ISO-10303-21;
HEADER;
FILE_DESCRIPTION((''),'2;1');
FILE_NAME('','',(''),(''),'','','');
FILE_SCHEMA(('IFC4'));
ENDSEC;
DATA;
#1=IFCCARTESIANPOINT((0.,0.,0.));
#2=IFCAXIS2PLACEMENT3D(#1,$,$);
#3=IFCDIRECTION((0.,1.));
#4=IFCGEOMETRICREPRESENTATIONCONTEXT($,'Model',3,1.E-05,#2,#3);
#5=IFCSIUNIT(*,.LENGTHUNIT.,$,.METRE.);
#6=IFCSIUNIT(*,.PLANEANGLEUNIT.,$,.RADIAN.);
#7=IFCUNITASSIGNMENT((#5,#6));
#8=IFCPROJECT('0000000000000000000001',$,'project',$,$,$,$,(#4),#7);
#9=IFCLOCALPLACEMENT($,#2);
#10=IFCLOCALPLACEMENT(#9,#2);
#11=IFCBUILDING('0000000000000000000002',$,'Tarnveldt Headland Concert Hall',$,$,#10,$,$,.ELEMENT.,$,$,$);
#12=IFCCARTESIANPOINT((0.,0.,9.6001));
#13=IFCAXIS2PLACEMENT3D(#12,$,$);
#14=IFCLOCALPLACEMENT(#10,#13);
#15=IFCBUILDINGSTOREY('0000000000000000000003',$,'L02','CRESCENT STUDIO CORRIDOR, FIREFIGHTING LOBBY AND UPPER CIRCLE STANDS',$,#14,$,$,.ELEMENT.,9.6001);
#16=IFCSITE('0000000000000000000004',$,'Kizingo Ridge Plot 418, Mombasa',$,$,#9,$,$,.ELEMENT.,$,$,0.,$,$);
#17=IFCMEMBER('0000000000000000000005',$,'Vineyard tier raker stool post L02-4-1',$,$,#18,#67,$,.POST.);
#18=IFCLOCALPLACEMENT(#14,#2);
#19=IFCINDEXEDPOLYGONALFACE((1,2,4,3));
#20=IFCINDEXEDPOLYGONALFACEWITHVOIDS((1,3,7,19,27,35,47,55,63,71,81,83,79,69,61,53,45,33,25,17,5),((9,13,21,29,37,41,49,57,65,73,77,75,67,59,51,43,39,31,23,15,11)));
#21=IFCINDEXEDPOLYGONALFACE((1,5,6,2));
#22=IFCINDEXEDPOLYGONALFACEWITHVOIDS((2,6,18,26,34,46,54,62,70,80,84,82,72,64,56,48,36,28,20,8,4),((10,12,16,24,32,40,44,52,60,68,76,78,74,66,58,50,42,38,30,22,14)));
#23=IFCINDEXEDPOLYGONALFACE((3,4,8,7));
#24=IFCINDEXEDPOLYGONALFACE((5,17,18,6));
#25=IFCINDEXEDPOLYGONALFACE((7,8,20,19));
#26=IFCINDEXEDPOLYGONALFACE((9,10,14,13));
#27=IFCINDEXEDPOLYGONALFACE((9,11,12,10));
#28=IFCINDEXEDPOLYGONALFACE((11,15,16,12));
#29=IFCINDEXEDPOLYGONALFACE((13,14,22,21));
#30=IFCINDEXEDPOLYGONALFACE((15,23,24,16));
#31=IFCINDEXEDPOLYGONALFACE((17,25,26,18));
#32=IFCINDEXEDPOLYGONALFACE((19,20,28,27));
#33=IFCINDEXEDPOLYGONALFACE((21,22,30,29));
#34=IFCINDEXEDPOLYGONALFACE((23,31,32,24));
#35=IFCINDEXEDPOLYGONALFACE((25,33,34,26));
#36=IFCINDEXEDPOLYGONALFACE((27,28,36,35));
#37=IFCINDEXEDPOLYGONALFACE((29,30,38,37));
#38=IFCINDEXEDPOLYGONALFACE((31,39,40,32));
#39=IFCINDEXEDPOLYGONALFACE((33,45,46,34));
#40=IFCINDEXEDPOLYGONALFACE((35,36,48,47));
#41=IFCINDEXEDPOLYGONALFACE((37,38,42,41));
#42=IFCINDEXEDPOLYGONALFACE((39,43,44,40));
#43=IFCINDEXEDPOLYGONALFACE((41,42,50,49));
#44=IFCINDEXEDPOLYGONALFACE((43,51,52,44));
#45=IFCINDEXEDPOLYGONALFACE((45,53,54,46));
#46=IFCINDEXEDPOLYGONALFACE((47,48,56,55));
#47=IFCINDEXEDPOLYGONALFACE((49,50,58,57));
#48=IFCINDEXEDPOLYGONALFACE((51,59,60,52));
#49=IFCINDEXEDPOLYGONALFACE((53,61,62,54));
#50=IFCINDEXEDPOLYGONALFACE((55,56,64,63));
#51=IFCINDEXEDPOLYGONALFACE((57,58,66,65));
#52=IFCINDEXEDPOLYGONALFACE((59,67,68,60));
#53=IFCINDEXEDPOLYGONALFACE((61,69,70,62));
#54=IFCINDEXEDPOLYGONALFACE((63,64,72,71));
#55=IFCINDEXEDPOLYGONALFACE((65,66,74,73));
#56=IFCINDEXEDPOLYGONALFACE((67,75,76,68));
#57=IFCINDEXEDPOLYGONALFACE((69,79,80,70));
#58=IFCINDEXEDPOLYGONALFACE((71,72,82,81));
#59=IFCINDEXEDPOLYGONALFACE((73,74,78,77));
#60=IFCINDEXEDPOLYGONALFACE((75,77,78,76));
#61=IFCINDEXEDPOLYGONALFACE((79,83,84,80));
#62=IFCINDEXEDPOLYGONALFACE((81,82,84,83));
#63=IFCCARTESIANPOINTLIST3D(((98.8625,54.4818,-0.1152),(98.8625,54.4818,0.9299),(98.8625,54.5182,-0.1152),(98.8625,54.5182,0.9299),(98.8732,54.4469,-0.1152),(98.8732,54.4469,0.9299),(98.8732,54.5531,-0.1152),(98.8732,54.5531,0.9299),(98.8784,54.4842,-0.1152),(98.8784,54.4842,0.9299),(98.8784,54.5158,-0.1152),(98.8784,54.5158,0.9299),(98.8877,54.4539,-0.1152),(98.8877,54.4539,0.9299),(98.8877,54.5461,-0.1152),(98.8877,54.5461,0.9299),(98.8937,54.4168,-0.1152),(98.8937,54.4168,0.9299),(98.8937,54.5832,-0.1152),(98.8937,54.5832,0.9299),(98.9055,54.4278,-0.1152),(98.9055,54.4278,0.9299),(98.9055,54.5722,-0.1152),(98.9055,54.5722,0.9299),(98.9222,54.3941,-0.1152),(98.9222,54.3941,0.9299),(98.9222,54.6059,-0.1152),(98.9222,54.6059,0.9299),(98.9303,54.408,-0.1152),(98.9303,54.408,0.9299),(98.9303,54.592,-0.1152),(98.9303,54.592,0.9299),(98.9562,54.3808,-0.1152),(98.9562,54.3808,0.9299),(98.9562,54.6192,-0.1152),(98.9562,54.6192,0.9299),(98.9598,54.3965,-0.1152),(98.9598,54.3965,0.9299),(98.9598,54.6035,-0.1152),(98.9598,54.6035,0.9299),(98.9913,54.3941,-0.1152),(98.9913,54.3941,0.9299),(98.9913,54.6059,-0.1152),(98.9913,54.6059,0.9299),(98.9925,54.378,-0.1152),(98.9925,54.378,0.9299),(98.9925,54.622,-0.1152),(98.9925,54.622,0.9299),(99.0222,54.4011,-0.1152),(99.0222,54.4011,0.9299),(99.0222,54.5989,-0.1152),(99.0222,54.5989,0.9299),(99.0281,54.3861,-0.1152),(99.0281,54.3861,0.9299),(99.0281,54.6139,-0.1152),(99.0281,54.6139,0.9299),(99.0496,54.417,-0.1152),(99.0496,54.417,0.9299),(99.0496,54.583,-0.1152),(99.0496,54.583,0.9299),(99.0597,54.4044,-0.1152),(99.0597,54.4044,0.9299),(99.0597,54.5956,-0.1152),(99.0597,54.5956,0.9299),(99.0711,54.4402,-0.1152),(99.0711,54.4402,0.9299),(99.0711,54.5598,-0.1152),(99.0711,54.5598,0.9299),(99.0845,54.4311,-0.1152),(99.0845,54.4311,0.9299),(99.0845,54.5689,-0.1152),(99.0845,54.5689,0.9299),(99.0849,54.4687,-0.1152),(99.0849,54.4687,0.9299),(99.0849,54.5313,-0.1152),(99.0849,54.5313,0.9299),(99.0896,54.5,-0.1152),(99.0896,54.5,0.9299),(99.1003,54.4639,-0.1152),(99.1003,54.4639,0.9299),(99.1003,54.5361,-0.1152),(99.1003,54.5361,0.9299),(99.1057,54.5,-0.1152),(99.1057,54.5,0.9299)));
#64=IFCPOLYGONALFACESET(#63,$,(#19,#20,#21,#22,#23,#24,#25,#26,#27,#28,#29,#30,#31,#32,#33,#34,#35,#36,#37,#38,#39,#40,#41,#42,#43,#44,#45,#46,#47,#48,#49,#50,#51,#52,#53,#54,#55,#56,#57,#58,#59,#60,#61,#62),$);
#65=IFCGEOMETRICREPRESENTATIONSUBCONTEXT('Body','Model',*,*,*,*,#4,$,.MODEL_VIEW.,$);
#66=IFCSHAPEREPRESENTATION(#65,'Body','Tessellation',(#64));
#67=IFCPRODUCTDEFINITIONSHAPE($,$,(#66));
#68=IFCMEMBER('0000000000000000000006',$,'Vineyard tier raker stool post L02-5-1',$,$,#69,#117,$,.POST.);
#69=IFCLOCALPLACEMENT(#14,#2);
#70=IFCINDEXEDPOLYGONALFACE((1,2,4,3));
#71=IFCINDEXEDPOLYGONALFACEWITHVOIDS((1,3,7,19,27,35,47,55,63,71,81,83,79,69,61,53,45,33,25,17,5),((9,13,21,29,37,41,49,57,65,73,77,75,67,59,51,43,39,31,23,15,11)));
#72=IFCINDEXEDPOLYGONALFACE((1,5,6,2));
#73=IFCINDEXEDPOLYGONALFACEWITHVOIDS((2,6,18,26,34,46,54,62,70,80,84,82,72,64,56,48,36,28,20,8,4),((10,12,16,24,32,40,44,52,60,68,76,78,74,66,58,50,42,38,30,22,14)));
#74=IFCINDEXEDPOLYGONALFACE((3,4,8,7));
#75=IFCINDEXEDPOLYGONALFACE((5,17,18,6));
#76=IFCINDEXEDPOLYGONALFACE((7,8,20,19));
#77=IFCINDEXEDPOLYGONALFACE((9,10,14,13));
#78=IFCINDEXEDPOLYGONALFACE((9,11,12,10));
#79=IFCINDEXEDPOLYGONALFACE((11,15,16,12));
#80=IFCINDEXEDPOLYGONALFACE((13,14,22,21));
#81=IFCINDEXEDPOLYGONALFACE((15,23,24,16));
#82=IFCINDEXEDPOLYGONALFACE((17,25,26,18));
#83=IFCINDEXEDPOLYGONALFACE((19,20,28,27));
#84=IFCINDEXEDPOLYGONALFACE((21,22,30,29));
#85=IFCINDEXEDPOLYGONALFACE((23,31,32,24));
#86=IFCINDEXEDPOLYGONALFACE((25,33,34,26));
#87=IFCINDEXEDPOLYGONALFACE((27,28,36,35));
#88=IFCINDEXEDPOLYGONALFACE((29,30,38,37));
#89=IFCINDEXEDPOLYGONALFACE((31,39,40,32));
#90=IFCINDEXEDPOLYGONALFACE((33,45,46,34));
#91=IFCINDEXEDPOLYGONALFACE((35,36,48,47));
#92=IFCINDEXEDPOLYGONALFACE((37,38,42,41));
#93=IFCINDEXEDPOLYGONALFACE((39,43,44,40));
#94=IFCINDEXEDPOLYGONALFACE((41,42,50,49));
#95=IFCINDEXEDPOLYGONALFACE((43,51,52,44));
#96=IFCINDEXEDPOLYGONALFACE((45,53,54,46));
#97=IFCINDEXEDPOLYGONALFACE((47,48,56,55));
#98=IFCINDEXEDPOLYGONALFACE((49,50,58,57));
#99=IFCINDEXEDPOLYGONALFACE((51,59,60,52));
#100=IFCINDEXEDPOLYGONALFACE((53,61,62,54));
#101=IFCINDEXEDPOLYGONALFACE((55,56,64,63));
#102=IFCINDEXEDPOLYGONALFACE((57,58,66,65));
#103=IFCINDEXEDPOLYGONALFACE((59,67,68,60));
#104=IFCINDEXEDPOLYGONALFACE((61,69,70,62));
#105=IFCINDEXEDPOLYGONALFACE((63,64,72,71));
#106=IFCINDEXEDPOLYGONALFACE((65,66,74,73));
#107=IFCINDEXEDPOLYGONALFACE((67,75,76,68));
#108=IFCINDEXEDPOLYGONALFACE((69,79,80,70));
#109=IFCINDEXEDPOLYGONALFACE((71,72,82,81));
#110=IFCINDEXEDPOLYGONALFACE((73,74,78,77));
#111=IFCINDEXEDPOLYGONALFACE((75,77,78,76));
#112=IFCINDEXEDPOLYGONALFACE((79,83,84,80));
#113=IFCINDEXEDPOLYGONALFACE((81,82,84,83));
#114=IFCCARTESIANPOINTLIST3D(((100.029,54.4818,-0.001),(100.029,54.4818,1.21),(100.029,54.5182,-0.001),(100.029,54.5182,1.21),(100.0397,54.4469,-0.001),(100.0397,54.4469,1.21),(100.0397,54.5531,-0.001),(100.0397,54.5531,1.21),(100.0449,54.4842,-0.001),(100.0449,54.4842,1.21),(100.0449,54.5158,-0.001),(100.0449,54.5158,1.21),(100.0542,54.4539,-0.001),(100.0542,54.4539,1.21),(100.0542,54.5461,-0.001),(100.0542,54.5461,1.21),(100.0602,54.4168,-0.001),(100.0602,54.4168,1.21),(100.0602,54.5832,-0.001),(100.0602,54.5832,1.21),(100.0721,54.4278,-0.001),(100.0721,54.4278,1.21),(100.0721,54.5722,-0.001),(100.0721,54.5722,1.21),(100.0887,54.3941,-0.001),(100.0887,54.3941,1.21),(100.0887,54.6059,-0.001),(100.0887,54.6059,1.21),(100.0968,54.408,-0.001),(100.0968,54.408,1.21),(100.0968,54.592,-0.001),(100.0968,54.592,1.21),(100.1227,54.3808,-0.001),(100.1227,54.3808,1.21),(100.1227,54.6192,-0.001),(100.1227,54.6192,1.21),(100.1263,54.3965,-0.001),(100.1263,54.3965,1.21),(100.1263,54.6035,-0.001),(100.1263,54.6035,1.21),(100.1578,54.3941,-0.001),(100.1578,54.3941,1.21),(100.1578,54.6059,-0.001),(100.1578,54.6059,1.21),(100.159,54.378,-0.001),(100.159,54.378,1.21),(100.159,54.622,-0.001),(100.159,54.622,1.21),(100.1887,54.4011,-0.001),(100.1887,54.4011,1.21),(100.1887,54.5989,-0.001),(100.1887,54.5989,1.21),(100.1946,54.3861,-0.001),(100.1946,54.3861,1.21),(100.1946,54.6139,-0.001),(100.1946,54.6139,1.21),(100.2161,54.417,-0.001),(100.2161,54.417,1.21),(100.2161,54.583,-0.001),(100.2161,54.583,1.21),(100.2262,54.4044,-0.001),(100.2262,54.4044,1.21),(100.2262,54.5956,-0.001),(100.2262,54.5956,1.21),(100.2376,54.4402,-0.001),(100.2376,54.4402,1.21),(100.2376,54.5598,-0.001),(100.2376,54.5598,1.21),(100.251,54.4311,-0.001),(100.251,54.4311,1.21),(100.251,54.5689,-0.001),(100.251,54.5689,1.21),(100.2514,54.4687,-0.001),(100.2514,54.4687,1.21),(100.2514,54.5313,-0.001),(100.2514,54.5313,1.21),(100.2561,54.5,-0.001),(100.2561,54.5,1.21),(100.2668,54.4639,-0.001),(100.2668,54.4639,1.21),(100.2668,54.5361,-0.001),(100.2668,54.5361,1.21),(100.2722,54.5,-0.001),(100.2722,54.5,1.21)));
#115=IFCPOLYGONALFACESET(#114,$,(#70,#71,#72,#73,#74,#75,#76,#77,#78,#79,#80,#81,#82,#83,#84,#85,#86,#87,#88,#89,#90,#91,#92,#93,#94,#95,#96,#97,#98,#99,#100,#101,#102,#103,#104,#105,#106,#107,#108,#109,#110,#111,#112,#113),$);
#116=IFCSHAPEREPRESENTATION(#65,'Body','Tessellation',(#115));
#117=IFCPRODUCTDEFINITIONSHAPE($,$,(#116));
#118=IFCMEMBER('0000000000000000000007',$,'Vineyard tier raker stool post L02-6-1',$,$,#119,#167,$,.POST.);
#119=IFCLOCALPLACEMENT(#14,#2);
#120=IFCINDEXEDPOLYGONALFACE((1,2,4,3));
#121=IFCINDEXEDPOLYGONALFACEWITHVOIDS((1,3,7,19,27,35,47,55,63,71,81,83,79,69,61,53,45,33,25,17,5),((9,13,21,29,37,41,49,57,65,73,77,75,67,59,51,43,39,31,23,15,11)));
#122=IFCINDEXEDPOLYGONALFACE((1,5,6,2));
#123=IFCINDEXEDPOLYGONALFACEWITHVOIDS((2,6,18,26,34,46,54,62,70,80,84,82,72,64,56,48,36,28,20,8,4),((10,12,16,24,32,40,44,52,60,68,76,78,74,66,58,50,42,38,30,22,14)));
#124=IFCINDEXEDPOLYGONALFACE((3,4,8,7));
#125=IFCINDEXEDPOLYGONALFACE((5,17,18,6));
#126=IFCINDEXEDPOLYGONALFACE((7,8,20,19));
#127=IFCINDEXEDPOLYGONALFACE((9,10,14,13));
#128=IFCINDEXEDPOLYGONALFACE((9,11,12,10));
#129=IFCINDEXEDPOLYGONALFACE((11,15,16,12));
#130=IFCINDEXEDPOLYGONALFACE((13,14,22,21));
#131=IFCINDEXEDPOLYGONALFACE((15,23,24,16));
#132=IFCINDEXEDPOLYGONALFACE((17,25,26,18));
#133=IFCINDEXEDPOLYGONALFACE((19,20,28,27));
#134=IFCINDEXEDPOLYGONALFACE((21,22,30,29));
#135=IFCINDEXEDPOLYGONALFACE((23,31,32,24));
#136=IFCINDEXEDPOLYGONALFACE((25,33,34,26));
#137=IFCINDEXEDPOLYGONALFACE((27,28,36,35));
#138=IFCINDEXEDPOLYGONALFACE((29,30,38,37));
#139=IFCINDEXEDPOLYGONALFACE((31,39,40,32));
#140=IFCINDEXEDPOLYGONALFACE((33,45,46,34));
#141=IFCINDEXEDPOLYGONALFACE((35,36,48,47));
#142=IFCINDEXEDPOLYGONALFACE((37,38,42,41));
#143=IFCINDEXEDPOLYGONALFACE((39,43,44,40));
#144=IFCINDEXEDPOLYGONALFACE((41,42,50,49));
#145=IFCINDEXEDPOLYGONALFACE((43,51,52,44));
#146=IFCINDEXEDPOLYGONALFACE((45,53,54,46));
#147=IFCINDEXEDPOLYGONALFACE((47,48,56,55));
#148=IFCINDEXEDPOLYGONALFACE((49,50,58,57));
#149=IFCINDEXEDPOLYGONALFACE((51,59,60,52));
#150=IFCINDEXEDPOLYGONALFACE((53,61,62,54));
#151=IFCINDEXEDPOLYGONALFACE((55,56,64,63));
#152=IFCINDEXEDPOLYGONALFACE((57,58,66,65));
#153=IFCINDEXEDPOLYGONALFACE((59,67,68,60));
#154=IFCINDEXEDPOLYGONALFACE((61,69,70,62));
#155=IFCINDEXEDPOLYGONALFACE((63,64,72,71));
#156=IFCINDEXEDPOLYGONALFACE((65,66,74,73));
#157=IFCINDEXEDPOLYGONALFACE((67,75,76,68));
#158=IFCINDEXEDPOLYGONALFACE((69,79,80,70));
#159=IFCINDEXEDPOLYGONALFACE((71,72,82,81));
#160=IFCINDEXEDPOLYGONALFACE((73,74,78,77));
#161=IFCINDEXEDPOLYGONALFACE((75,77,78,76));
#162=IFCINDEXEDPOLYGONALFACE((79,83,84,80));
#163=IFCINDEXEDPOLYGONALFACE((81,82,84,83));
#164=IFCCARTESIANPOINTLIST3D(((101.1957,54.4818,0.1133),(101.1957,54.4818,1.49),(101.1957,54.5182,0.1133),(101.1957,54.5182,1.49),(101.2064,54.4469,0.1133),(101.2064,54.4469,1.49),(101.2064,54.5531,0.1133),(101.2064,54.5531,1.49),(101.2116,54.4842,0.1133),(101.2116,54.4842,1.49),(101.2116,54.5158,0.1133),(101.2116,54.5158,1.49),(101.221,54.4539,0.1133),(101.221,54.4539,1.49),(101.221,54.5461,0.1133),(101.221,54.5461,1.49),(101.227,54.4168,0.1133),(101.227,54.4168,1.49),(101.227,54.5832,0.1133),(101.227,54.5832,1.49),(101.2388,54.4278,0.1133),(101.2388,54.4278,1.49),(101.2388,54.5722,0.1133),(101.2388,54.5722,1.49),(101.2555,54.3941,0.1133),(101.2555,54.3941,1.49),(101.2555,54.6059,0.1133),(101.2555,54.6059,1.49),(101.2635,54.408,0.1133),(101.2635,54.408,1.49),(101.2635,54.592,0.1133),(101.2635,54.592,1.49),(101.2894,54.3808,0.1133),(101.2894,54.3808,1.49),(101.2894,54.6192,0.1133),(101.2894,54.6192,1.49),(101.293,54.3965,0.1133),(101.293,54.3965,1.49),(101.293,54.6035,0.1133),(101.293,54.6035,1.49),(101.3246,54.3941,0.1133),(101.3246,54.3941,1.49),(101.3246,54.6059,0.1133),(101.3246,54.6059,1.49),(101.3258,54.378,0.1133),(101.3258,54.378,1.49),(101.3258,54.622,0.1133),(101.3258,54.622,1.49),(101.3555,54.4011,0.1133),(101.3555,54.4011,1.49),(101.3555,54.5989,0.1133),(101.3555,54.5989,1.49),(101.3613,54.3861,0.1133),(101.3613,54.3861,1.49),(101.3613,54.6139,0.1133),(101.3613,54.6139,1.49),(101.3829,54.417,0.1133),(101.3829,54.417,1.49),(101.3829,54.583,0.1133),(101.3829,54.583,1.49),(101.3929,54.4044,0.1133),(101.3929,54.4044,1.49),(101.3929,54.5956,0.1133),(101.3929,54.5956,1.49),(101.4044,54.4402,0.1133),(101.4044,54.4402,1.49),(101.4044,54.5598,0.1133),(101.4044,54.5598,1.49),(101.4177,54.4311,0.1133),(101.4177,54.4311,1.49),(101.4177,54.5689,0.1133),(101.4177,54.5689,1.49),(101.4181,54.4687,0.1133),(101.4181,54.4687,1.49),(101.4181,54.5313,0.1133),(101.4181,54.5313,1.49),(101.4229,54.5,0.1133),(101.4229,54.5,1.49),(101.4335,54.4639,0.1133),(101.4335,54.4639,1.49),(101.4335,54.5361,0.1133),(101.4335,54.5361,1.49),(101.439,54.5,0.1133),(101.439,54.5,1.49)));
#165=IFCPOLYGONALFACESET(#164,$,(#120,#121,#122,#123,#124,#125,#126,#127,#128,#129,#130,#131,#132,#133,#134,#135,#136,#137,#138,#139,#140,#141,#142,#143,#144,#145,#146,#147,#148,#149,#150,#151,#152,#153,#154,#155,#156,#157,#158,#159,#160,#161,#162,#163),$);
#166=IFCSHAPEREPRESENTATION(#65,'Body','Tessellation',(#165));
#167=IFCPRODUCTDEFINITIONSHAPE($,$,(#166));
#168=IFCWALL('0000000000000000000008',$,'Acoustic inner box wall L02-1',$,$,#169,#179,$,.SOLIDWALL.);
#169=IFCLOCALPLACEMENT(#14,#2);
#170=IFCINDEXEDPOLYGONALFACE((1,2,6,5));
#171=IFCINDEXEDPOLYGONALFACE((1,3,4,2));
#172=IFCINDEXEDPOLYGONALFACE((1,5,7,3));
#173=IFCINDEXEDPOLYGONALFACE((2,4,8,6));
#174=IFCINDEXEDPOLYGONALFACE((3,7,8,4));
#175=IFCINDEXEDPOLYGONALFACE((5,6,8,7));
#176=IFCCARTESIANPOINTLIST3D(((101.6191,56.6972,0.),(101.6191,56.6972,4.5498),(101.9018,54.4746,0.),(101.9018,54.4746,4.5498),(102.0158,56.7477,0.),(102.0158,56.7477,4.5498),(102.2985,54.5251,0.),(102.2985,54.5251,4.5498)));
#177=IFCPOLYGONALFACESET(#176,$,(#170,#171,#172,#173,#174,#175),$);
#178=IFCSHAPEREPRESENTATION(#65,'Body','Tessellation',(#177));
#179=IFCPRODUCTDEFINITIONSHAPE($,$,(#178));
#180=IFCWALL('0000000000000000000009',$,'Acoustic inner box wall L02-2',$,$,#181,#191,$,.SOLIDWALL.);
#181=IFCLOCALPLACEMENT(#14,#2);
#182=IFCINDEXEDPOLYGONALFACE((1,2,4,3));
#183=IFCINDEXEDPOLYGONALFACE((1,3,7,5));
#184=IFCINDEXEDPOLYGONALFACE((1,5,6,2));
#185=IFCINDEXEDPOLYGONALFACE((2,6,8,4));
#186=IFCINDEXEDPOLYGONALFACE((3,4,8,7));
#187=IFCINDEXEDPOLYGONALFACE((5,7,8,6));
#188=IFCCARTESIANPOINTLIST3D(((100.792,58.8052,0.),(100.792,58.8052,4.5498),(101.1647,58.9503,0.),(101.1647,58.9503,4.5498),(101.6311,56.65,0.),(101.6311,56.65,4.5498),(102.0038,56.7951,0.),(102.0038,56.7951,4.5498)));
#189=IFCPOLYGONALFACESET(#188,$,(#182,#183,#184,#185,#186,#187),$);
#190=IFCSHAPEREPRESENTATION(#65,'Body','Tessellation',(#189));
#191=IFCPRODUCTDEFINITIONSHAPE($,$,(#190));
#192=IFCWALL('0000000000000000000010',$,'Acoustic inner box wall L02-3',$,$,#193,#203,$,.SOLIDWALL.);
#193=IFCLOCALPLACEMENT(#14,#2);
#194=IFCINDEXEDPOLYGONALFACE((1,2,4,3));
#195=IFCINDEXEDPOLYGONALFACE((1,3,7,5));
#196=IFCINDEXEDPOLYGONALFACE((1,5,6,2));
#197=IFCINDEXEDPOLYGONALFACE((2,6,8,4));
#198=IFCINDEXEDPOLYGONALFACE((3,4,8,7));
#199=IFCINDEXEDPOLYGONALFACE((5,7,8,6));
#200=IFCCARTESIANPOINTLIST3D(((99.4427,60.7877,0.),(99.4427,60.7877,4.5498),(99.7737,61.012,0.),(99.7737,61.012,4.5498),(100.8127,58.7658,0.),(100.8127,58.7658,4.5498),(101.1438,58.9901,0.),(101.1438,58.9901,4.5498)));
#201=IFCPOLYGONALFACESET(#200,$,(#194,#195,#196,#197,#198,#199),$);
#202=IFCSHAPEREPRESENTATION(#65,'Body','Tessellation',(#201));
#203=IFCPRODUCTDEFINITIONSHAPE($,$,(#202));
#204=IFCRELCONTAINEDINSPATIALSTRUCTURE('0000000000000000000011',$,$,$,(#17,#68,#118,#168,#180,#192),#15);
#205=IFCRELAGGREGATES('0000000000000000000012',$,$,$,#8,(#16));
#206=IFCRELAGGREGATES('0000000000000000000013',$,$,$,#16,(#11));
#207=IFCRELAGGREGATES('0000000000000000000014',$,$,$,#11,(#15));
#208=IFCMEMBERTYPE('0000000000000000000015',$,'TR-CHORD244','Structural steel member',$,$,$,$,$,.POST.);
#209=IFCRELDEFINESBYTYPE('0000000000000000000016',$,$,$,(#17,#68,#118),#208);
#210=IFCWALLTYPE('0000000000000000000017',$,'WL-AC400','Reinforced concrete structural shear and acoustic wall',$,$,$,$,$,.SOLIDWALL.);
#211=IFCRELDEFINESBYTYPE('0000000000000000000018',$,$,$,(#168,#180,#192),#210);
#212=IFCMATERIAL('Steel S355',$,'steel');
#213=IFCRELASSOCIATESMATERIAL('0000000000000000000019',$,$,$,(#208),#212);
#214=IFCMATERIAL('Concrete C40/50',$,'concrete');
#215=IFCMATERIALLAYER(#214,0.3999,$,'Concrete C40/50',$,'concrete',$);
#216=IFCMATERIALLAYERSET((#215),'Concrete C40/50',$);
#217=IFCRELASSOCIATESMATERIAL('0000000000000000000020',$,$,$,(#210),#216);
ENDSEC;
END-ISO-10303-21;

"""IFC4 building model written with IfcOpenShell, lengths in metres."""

from ifc_helpers import new_model, si_unit, direction, frame, frame_2d, origin, origin_2d, place, context, subcontext, project, spatial, rectangle, hollow_circle, extrude, material, layer, layer_set, material_profile, profile_set, type_object, element, save


model = new_model("IFC4")

# Units and contexts
model_context = context("Model", 3, precision=1e-05, world=origin(), true_north=direction((0.0, 1.0)))
body_context = subcontext(model_context, "Body", "Model", "MODEL_VIEW")
ifc_project = project(units=[si_unit("LENGTHUNIT", "METRE"), si_unit("PLANEANGLEUNIT", "RADIAN")], contexts=[model_context])

# Site, building, storey
site_placement = place(None, origin())
site = spatial("IfcSite", under=ifc_project, at=site_placement, Name="Kizingo Ridge Plot 418, Mombasa", CompositionType="ELEMENT", RefElevation=0.0)
building_placement = place(site_placement, origin())
building = spatial("IfcBuilding", under=site, at=building_placement, Name="Tarnveldt Headland Concert Hall", CompositionType="ELEMENT")
storey_placement = place(building_placement, frame((0.0, 0.0, 9.6001)))
storey = spatial("IfcBuildingStorey", under=building, at=storey_placement, Name="L02", Description="CRESCENT STUDIO CORRIDOR, FIREFIGHTING LOBBY AND UPPER CIRCLE STANDS", CompositionType="ELEMENT", Elevation=9.6001)

# Shared definitions
ifc_material_1 = material(Name="Concrete C40/50", Category="concrete")

# Shared definitions
ifc_material_2 = material(Name="Steel S355", Category="steel")

# Members
ifc_material_profile_1 = material_profile(ifc_material_2, hollow_circle(Radius=0.1223, WallThickness=0.0161, at=origin_2d()), Name="CHS 244.5x16", Category="steel")
ifc_profile_set_1 = profile_set([ifc_material_profile_1], Name="Steel S355")
member_type = type_object("IfcMemberType", Name="TR-CHORD244", Description="Structural steel member", PredefinedType="POST", material=ifc_profile_set_1)
member_1_placement = place(storey_placement, frame((98.9834, 54.5, -0.1152), z_axis=(0.0, 0.0, 1.0), x_axis=(1.0, 0.0, 0.0)))
element("IfcMember", 1, at=member_1_placement, inside=storey, type_object=member_type, Name="Vineyard tier raker stool post L02-4-1", PredefinedType="POST", context=body_context, shape_type="SweptSolid", body=[
    extrude(hollow_circle(Radius=0.1223, WallThickness=0.0161, at=origin_2d()), origin(), (0.0, 0.0, 1.0), 1.0452),
])
member_2_placement = place(storey_placement, frame((100.1499, 54.5, -0.001), z_axis=(0.0, 0.0, 1.0), x_axis=(1.0, 0.0, 0.0)))
element("IfcMember", 2, at=member_2_placement, inside=storey, type_object=member_type, Name="Vineyard tier raker stool post L02-5-1", PredefinedType="POST", context=body_context, shape_type="SweptSolid", body=[
    extrude(hollow_circle(Radius=0.1223, WallThickness=0.0161, at=origin_2d()), origin(), (0.0, 0.0, 1.0), 1.2109),
])
member_3_placement = place(storey_placement, frame((101.3167, 54.5, 0.1133), z_axis=(0.0, 0.0, 1.0), x_axis=(1.0, 0.0, 0.0)))
element("IfcMember", 3, at=member_3_placement, inside=storey, type_object=member_type, Name="Vineyard tier raker stool post L02-6-1", PredefinedType="POST", context=body_context, shape_type="SweptSolid", body=[
    extrude(hollow_circle(Radius=0.1223, WallThickness=0.0161, at=origin_2d()), origin(), (0.0, 0.0, 1.0), 1.3767),
])

# Walls
ifc_layer_1 = layer(ifc_material_1, 0.3999, Name="Concrete C40/50", Category="concrete")
ifc_layer_set_1 = layer_set([ifc_layer_1], Name="Concrete C40/50")
wall_type_1 = type_object("IfcWallType", Name="WL-AC400", Description="Reinforced concrete structural shear and acoustic wall", PredefinedType="SOLIDWALL", material=ifc_layer_set_1)
wall_1_placement = place(storey_placement, frame((102.1001, 54.5, 0.0), z_axis=(0.0, 0.0, 1.0), x_axis=(-0.12618, 0.992007, 0.0)))
element("IfcWall", 4, at=wall_1_placement, inside=storey, type_object=wall_type_1, Name="Acoustic inner box wall L02-1", PredefinedType="SOLIDWALL", context=body_context, shape_type="SweptSolid", body=[
    extrude(rectangle(XDim=2.2405, YDim=0.3999, at=frame_2d((1.1201, 0.0))), origin(), (0.0, 0.0, 1.0), 4.5498),
])
wall_2_placement = place(storey_placement, frame((101.8174, 56.7227, 0.0), z_axis=(0.0, 0.0, 1.0), x_axis=(-0.362803, 0.931866, 0.0)))
element("IfcWall", 5, at=wall_2_placement, inside=storey, type_object=wall_type_1, Name="Acoustic inner box wall L02-2", PredefinedType="SOLIDWALL", context=body_context, shape_type="SweptSolid", body=[
    extrude(rectangle(XDim=2.3127, YDim=0.3999, at=frame_2d((1.1562, 0.0))), origin(), (0.0, 0.0, 1.0), 4.5498),
])
wall_3_placement = place(storey_placement, frame((100.9783, 58.8779, 0.0), z_axis=(0.0, 0.0, 1.0), x_axis=(-0.560959, 0.827844, 0.0)))
element("IfcWall", 6, at=wall_3_placement, inside=storey, type_object=wall_type_1, Name="Acoustic inner box wall L02-3", PredefinedType="SOLIDWALL", context=body_context, shape_type="SweptSolid", body=[
    extrude(rectangle(XDim=2.4424, YDim=0.3999, at=frame_2d((1.2212, 0.0))), origin(), (0.0, 0.0, 1.0), 4.5498),
])

save(model, "model.ifc")
